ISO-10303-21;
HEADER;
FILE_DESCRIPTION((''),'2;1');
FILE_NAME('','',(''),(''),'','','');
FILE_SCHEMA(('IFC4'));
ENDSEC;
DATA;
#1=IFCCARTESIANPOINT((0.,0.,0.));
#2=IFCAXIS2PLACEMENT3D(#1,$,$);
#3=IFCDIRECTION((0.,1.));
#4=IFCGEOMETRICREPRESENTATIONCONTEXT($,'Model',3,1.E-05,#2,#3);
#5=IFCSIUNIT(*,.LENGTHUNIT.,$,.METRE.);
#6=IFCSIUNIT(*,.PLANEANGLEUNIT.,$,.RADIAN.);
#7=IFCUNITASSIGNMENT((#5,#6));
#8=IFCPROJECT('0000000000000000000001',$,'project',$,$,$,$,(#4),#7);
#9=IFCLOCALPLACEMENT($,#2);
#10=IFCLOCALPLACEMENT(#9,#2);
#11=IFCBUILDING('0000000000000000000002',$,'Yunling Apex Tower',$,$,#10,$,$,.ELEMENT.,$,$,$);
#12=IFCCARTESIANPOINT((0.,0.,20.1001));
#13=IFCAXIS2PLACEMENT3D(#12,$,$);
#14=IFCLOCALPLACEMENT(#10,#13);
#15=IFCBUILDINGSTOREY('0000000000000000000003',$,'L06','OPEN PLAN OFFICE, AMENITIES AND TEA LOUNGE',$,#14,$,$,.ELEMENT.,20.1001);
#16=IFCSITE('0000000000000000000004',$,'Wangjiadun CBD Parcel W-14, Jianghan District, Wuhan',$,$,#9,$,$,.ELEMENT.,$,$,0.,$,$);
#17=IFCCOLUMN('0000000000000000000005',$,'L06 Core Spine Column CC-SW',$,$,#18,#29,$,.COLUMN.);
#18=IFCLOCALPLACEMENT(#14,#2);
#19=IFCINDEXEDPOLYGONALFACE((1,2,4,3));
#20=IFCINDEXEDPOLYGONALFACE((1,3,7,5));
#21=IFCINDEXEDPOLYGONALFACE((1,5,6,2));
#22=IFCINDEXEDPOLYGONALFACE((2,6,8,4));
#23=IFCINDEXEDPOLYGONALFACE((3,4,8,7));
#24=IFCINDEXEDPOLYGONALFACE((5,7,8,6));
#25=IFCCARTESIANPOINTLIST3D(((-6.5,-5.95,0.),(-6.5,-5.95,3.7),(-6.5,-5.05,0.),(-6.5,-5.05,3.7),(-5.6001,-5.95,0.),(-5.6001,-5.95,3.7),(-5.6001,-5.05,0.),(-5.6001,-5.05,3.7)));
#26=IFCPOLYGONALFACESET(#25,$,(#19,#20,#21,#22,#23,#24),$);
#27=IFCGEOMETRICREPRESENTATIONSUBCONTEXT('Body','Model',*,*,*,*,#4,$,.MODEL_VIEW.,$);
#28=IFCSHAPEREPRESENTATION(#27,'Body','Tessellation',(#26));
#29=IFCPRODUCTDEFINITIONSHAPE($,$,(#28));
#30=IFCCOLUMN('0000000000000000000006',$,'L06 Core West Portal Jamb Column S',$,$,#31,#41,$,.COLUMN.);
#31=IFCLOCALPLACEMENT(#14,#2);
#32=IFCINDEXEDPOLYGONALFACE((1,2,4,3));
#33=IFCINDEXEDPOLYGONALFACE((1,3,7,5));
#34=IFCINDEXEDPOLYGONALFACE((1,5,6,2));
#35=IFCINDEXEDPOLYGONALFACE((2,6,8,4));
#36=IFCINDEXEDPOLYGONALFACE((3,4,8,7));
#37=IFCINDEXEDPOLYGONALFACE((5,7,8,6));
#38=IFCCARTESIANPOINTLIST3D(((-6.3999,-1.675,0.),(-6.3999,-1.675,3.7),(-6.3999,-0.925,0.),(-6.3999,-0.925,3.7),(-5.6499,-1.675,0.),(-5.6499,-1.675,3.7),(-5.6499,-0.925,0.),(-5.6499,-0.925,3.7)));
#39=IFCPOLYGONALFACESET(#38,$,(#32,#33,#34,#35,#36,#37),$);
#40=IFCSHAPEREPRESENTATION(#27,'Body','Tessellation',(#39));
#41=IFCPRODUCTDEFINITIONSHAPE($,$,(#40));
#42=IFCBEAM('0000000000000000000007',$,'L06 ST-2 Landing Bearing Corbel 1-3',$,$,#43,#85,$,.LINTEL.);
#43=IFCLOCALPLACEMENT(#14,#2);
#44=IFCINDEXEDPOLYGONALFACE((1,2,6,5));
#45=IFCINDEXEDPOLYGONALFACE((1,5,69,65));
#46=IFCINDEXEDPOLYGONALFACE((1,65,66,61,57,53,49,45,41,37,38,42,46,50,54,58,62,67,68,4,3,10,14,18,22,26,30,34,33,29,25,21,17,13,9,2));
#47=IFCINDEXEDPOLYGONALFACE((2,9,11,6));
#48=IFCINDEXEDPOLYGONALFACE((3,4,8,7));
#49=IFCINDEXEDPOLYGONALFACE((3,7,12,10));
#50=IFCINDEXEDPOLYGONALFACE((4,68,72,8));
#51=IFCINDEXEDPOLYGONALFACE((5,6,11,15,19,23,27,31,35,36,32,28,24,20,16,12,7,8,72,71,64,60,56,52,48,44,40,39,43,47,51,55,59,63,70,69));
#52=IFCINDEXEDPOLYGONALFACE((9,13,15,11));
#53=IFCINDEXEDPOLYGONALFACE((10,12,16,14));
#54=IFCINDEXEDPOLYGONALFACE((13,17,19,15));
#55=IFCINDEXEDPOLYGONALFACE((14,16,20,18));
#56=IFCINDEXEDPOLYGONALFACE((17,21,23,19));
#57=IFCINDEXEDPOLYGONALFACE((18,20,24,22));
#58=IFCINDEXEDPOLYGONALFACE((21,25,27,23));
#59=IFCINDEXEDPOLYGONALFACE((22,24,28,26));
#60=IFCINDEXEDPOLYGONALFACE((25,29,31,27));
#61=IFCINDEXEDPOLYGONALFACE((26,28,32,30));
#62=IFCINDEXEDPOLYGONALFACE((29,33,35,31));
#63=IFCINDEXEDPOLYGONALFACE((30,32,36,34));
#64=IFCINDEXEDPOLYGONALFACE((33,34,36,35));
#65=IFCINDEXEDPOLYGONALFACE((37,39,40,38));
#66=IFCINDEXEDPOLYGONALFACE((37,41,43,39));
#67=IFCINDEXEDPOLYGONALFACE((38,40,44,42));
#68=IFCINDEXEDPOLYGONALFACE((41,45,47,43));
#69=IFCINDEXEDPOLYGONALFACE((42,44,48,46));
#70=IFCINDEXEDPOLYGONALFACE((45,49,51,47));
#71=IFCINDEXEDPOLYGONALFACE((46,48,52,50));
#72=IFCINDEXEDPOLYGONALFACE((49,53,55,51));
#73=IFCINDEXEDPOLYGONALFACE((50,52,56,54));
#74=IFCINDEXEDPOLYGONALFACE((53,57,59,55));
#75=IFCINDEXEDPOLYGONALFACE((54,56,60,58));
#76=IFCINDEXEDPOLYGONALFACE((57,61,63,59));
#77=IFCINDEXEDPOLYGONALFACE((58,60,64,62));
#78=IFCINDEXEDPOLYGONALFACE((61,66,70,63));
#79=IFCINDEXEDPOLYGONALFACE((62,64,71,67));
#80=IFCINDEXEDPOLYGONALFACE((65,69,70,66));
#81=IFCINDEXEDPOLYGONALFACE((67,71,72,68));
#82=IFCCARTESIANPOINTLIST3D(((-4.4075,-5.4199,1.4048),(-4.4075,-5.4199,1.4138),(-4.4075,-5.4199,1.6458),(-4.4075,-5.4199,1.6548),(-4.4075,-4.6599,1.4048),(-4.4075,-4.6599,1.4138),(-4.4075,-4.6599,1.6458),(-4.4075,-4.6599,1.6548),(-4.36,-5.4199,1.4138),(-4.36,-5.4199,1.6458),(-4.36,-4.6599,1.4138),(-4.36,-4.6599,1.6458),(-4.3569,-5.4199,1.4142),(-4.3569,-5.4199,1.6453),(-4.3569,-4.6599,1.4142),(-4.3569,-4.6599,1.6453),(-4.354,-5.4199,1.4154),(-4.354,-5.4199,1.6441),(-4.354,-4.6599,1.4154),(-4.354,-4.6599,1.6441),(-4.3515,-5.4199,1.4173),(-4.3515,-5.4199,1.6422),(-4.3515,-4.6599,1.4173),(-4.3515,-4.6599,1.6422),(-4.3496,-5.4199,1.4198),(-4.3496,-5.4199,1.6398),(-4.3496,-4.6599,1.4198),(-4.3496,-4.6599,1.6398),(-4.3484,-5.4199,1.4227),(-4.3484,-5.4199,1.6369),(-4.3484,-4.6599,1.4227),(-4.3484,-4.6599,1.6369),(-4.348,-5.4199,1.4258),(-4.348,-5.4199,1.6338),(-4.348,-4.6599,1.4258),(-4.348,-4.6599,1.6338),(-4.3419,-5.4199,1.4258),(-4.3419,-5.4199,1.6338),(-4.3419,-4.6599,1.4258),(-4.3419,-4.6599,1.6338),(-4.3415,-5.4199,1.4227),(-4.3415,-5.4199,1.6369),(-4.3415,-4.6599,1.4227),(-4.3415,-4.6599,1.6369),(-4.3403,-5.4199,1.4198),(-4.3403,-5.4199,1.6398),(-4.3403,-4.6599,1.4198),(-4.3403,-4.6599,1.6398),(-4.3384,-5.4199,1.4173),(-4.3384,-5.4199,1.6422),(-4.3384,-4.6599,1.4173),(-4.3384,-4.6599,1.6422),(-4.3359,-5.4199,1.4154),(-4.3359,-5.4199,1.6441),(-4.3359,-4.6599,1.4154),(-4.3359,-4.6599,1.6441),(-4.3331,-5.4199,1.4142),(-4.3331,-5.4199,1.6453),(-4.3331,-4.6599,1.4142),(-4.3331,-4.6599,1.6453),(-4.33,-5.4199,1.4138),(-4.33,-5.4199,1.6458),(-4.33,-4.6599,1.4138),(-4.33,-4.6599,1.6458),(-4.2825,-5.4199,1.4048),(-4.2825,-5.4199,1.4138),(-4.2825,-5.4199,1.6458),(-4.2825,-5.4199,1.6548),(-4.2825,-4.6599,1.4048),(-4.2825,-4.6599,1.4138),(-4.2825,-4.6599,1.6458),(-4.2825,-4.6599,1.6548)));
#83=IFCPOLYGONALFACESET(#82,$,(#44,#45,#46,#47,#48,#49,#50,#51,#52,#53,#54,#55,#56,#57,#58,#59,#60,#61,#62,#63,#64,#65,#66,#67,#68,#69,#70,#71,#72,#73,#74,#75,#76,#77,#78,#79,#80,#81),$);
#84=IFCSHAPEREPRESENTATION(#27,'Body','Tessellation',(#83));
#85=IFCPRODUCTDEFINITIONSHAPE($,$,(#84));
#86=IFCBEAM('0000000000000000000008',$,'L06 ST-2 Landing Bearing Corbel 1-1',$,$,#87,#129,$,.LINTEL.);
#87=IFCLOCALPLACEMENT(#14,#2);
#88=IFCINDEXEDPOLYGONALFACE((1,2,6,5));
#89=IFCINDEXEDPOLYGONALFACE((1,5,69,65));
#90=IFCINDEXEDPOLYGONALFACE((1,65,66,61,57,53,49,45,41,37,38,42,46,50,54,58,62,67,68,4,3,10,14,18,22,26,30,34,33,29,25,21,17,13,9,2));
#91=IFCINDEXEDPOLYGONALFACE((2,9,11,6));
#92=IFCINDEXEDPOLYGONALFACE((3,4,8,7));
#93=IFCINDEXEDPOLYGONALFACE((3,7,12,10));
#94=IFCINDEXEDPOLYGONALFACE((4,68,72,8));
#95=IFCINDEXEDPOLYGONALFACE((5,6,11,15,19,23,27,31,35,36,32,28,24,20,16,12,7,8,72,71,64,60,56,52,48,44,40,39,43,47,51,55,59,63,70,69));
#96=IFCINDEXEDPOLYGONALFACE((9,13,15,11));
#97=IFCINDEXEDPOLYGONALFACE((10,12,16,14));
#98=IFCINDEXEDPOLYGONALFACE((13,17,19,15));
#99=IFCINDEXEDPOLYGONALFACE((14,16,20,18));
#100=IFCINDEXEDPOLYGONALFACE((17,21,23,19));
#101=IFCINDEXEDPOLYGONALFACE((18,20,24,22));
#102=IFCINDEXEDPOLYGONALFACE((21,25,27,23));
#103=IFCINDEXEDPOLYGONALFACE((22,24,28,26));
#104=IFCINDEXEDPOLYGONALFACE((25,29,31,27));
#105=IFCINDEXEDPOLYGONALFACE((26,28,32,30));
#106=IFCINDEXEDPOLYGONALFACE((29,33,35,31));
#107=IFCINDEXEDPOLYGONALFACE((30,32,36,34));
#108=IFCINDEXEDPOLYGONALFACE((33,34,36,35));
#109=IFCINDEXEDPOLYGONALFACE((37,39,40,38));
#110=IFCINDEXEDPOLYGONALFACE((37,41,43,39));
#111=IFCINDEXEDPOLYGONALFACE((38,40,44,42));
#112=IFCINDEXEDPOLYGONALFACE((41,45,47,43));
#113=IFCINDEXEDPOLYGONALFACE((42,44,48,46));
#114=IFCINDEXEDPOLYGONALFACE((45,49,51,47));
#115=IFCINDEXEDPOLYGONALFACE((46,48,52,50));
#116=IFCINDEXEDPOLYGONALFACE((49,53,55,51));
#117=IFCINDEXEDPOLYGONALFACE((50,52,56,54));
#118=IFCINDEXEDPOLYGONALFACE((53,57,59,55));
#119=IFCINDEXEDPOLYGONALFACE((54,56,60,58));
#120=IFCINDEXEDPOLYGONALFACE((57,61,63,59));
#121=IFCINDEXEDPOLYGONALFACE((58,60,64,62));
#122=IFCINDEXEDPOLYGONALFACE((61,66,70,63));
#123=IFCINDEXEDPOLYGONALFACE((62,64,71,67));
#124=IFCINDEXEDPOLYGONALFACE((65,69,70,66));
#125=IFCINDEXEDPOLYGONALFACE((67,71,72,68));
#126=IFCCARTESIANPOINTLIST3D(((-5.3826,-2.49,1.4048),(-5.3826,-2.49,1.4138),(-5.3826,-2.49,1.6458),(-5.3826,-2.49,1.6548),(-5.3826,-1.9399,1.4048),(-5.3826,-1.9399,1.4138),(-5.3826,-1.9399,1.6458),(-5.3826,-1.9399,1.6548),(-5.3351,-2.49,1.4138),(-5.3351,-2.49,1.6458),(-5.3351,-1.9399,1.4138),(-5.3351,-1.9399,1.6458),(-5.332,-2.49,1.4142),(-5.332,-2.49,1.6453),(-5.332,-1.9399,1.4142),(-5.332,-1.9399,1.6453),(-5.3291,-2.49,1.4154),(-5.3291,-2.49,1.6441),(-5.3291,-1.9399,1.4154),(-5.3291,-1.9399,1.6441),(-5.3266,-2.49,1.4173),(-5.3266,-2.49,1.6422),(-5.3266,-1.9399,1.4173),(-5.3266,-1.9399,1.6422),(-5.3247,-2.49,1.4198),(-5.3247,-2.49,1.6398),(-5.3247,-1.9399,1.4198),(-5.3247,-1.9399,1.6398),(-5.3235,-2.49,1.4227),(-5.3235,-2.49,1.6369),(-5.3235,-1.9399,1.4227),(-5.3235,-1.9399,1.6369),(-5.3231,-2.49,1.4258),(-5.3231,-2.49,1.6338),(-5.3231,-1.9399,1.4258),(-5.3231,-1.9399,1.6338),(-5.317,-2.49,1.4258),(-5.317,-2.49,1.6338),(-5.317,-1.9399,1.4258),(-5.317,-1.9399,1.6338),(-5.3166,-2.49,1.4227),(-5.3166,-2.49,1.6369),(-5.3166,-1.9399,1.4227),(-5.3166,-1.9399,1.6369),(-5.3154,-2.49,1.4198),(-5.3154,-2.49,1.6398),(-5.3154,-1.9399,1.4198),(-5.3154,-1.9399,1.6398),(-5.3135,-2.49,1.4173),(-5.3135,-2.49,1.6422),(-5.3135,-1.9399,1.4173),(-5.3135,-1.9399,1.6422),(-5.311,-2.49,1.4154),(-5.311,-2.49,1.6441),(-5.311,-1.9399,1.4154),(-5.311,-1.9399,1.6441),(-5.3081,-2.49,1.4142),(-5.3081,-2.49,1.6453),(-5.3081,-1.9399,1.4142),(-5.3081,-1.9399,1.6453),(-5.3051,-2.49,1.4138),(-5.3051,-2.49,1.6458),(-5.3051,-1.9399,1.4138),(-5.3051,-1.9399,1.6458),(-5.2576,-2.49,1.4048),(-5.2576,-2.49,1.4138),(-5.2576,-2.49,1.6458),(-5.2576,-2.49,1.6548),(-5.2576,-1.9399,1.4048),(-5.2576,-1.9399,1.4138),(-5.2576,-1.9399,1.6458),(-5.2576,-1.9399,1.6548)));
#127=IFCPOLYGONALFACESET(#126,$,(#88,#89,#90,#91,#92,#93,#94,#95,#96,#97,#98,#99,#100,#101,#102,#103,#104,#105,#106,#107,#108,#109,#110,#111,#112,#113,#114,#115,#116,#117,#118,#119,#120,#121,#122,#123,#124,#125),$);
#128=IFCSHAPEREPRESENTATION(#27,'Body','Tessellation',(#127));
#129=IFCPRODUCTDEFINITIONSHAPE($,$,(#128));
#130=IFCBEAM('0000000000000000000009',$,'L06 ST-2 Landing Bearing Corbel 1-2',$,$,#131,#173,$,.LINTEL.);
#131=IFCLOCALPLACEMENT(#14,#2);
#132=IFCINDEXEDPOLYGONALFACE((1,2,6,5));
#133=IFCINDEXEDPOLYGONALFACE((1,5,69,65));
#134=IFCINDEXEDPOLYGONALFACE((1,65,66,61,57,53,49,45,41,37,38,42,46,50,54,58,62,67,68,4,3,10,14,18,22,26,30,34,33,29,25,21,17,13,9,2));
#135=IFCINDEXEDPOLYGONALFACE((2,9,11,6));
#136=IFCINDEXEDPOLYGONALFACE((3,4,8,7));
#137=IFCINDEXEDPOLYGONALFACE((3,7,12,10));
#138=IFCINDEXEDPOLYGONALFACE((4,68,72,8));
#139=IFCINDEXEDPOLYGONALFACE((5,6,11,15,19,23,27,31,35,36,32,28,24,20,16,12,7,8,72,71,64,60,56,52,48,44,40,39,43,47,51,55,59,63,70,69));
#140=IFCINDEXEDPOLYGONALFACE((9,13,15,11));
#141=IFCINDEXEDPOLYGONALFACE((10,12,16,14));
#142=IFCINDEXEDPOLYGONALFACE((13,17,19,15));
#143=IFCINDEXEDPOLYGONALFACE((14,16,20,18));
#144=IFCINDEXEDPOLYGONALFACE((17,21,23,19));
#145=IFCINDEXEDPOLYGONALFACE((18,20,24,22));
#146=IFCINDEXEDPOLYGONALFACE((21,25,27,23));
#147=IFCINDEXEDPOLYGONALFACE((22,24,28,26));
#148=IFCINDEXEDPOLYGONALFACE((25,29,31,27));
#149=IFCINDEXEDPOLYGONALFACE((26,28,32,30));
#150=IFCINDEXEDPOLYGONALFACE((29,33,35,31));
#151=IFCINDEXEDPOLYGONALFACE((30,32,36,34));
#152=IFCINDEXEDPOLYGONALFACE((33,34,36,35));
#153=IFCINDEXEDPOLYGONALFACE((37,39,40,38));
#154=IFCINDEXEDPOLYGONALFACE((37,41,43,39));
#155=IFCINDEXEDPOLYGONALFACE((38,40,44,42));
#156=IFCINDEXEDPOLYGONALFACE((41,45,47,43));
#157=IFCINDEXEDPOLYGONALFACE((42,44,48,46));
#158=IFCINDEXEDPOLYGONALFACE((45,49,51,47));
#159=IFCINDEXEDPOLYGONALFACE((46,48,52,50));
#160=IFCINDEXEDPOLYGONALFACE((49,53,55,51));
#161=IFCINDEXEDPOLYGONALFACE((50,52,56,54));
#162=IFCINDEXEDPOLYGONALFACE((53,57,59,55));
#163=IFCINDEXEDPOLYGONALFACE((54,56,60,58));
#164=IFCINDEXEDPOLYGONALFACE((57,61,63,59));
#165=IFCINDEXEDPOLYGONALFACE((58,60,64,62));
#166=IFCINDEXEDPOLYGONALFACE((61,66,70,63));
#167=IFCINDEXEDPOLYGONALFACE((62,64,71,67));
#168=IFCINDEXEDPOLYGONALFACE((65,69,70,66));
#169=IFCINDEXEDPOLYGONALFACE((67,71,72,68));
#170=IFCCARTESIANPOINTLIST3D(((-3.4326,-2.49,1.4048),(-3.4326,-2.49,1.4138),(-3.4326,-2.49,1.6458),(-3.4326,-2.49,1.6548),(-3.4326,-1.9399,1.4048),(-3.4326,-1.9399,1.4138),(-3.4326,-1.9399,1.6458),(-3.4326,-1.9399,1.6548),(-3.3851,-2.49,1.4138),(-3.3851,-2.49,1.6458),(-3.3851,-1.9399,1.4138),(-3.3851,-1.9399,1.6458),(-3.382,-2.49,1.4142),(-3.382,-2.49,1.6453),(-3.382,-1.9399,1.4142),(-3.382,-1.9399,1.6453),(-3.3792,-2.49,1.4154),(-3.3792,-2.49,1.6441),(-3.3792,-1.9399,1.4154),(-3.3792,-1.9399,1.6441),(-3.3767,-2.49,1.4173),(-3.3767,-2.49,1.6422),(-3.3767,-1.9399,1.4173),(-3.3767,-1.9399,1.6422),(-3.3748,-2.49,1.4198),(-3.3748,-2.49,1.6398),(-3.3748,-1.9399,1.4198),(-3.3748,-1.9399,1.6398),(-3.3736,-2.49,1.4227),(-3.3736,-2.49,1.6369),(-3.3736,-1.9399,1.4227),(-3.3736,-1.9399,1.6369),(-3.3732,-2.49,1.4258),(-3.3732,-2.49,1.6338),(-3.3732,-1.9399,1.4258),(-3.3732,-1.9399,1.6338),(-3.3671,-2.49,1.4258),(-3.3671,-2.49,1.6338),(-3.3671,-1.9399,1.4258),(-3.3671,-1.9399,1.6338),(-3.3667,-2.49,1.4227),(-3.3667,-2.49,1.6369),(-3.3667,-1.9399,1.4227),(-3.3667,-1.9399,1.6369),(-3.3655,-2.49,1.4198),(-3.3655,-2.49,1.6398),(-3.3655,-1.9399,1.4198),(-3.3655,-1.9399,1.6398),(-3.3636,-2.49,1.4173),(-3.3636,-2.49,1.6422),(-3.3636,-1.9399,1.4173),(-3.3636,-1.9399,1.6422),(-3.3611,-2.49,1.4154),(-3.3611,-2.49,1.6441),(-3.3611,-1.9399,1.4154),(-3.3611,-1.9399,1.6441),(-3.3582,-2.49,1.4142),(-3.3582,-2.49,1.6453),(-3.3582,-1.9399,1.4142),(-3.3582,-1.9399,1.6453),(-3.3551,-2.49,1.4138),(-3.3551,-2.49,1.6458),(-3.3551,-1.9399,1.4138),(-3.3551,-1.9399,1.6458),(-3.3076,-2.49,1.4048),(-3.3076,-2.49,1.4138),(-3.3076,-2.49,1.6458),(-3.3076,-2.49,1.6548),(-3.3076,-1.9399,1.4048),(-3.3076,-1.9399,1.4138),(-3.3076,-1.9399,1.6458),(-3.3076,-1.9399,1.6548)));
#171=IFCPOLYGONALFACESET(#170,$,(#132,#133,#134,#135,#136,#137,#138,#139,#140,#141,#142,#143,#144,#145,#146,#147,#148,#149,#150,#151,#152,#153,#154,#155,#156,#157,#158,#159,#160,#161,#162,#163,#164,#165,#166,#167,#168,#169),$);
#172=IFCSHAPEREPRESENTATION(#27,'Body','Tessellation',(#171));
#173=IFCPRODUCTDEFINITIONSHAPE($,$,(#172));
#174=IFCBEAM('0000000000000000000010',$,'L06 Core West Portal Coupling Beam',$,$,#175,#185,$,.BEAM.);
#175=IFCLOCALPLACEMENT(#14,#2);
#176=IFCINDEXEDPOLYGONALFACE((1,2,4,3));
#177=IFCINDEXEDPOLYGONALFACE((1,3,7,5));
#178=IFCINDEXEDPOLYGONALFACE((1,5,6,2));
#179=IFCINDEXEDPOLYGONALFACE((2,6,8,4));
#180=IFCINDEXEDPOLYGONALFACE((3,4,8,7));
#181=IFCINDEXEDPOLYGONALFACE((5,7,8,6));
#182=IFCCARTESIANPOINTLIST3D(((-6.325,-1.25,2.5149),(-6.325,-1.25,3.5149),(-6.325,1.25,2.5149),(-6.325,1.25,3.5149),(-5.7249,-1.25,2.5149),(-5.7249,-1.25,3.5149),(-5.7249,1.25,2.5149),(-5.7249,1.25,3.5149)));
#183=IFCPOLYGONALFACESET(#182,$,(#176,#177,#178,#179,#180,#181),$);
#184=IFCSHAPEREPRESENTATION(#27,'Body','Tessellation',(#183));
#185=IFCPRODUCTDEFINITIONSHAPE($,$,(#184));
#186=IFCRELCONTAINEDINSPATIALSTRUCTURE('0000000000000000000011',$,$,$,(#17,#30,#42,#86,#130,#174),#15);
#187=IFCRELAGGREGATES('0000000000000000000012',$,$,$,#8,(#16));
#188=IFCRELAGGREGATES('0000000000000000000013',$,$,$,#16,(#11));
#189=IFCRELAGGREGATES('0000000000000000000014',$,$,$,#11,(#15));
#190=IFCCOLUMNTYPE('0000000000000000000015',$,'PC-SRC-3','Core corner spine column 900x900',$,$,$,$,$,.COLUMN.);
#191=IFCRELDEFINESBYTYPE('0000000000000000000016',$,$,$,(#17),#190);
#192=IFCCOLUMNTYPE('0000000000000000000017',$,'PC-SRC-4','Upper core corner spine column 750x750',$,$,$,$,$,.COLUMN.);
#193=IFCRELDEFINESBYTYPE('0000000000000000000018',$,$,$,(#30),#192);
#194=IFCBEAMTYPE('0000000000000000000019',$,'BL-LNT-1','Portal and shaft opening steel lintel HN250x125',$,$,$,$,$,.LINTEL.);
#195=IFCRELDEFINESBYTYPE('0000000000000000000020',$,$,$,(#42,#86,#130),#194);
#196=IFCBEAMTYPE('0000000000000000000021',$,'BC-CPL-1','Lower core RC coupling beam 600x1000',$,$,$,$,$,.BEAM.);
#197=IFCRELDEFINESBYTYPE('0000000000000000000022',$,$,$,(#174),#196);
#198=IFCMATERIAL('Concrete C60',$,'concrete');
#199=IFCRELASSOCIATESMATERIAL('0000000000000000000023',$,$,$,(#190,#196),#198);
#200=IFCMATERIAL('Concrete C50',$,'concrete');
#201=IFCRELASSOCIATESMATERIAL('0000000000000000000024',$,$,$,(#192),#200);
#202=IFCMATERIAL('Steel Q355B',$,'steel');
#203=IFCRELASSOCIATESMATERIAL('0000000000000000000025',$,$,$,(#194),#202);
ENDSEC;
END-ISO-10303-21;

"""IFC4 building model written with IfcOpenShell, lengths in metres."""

from ifc_helpers import new_model, si_unit, direction, frame, origin, origin_2d, place, context, subcontext, project, spatial, rectangle, i_section, extrude, source, transform, mapped, material, material_profile, profile_set, type_object, element, save


model = new_model("IFC4")

# Units and contexts
model_context = context("Model", 3, precision=1e-05, world=origin(), true_north=direction((0.0, 1.0)))
body_context = subcontext(model_context, "Body", "Model", "MODEL_VIEW")
ifc_project = project(units=[si_unit("LENGTHUNIT", "METRE"), si_unit("PLANEANGLEUNIT", "RADIAN")], contexts=[model_context])

# Site, building, storey
site_placement = place(None, origin())
site = spatial("IfcSite", under=ifc_project, at=site_placement, Name="Wangjiadun CBD Parcel W-14, Jianghan District, Wuhan", CompositionType="ELEMENT", RefElevation=0.0)
building_placement = place(site_placement, origin())
building = spatial("IfcBuilding", under=site, at=building_placement, Name="Yunling Apex Tower", CompositionType="ELEMENT")
storey_placement = place(building_placement, frame((0.0, 0.0, 20.1001)))
storey = spatial("IfcBuildingStorey", under=building, at=storey_placement, Name="L06", Description="OPEN PLAN OFFICE, AMENITIES AND TEA LOUNGE", CompositionType="ELEMENT", Elevation=20.1001)

# Columns
ifc_material_1 = material(Name="Concrete C60", Category="concrete")
ifc_material_profile_1 = material_profile(ifc_material_1, rectangle(XDim=0.8999, YDim=0.8999, at=origin_2d()))
ifc_profile_set_1 = profile_set([ifc_material_profile_1], Name="Concrete C60")
column_type_1 = type_object("IfcColumnType", Name="PC-SRC-3", Description="Core corner spine column 900x900", PredefinedType="COLUMN", material=ifc_profile_set_1)
shared_shape_1 = source(origin(), body_context, "Body", "SweptSolid", [
    extrude(rectangle(XDim=0.8999, YDim=0.8999, at=origin_2d()), origin(), (0.0, 0.0, 1.0), 3.7),
])
column_1_placement = place(storey_placement, frame((-6.05, -5.5, 0.0), z_axis=(0.0, 0.0, 1.0), x_axis=(1.0, 0.0, 0.0)))
element("IfcColumn", 1, at=column_1_placement, inside=storey, type_object=column_type_1, Name="L06 Core Spine Column CC-SW", PredefinedType="COLUMN", context=body_context, shape_type="MappedRepresentation", body=[
    mapped(shared_shape_1, transform((0.0, 0.0, 0.0), scale=1.0)),
])
ifc_material_2 = material(Name="Concrete C50", Category="concrete")
ifc_material_profile_2 = material_profile(ifc_material_2, rectangle(XDim=0.75, YDim=0.75, at=origin_2d()))
ifc_profile_set_2 = profile_set([ifc_material_profile_2], Name="Concrete C50")
column_type_2 = type_object("IfcColumnType", Name="PC-SRC-4", Description="Upper core corner spine column 750x750", PredefinedType="COLUMN", material=ifc_profile_set_2)
shared_shape_2 = source(origin(), body_context, "Body", "SweptSolid", [
    extrude(rectangle(XDim=0.75, YDim=0.75, at=origin_2d()), origin(), (0.0, 0.0, 1.0), 3.7),
])
column_2_placement = place(storey_placement, frame((-6.0249, -1.3, 0.0), z_axis=(0.0, 0.0, 1.0), x_axis=(1.0, 0.0, 0.0)))
element("IfcColumn", 2, at=column_2_placement, inside=storey, type_object=column_type_2, Name="L06 Core West Portal Jamb Column S", PredefinedType="COLUMN", context=body_context, shape_type="MappedRepresentation", body=[
    mapped(shared_shape_2, transform((0.0, 0.0, 0.0), scale=1.0)),
])

# Beams
ifc_material_3 = material(Name="Steel Q355B", Category="steel")
ifc_material_profile_3 = material_profile(ifc_material_3, i_section(OverallWidth=0.125, OverallDepth=0.25, WebThickness=0.0061, FlangeThickness=0.009, FilletRadius=0.012, at=origin_2d()))
ifc_profile_set_3 = profile_set([ifc_material_profile_3], Name="Steel Q355B")
beam_type_1 = type_object("IfcBeamType", Name="BL-LNT-1", Description="Portal and shaft opening steel lintel HN250x125", PredefinedType="LINTEL", material=ifc_profile_set_3)
shared_shape_3 = source(origin(), body_context, "Body", "SweptSolid", [
    extrude(i_section(OverallWidth=0.125, OverallDepth=0.25, WebThickness=0.0061, FlangeThickness=0.009, FilletRadius=0.012, at=origin_2d()), origin(), (0.0, 0.0, 1.0), 0.76),
])
beam_1_placement = place(storey_placement, frame((-4.345, -5.4199, 1.5298), z_axis=(0.0, 1.0, 0.0), x_axis=(-1.0, 0.0, 0.0)))
element("IfcBeam", 3, at=beam_1_placement, inside=storey, type_object=beam_type_1, Name="L06 ST-2 Landing Bearing Corbel 1-3", PredefinedType="LINTEL", context=body_context, shape_type="MappedRepresentation", body=[
    mapped(shared_shape_3, transform((0.0, 0.0, 0.0), scale=1.0)),
])
shared_shape_4 = source(origin(), body_context, "Body", "SweptSolid", [
    extrude(i_section(OverallWidth=0.125, OverallDepth=0.25, WebThickness=0.0061, FlangeThickness=0.009, FilletRadius=0.012, at=origin_2d()), origin(), (0.0, 0.0, 1.0), 0.55),
])
for number, where, z_axis, x_axis, name in (
    (4, (-5.3201, -1.9399, 1.5298), (0.0, -1.0, 0.0), (1.0, 0.0, 0.0), "L06 ST-2 Landing Bearing Corbel 1-1"),
    (5, (-3.3701, -1.9399, 1.5298), (0.0, -1.0, 0.0), (1.0, 0.0, 0.0), "L06 ST-2 Landing Bearing Corbel 1-2"),
):
    element("IfcBeam", number, at=place(storey_placement, frame(where, z_axis=z_axis, x_axis=x_axis)), inside=storey, type_object=beam_type_1, Name=name, PredefinedType="LINTEL", context=body_context, shape_type="MappedRepresentation", body=[
        mapped(shared_shape_4, transform((0.0, 0.0, 0.0), scale=1.0)),
    ])
ifc_material_profile_4 = material_profile(ifc_material_1, rectangle(XDim=0.6001, YDim=1.0, at=origin_2d()))
ifc_profile_set_4 = profile_set([ifc_material_profile_4], Name="Concrete C60")
beam_type_2 = type_object("IfcBeamType", Name="BC-CPL-1", Description="Lower core RC coupling beam 600x1000", PredefinedType="BEAM", material=ifc_profile_set_4)
shared_shape_5 = source(origin(), body_context, "Body", "SweptSolid", [
    extrude(rectangle(XDim=0.6001, YDim=1.0, at=origin_2d()), origin(), (0.0, 0.0, 1.0), 2.5),
])
beam_2_placement = place(storey_placement, frame((-6.0249, -1.25, 3.0149), z_axis=(0.0, 1.0, 0.0), x_axis=(-1.0, 0.0, 0.0)))
element("IfcBeam", 6, at=beam_2_placement, inside=storey, type_object=beam_type_2, Name="L06 Core West Portal Coupling Beam", PredefinedType="BEAM", context=body_context, shape_type="MappedRepresentation", body=[
    mapped(shared_shape_5, transform((0.0, 0.0, 0.0), scale=1.0)),
])

save(model, "model.ifc")
